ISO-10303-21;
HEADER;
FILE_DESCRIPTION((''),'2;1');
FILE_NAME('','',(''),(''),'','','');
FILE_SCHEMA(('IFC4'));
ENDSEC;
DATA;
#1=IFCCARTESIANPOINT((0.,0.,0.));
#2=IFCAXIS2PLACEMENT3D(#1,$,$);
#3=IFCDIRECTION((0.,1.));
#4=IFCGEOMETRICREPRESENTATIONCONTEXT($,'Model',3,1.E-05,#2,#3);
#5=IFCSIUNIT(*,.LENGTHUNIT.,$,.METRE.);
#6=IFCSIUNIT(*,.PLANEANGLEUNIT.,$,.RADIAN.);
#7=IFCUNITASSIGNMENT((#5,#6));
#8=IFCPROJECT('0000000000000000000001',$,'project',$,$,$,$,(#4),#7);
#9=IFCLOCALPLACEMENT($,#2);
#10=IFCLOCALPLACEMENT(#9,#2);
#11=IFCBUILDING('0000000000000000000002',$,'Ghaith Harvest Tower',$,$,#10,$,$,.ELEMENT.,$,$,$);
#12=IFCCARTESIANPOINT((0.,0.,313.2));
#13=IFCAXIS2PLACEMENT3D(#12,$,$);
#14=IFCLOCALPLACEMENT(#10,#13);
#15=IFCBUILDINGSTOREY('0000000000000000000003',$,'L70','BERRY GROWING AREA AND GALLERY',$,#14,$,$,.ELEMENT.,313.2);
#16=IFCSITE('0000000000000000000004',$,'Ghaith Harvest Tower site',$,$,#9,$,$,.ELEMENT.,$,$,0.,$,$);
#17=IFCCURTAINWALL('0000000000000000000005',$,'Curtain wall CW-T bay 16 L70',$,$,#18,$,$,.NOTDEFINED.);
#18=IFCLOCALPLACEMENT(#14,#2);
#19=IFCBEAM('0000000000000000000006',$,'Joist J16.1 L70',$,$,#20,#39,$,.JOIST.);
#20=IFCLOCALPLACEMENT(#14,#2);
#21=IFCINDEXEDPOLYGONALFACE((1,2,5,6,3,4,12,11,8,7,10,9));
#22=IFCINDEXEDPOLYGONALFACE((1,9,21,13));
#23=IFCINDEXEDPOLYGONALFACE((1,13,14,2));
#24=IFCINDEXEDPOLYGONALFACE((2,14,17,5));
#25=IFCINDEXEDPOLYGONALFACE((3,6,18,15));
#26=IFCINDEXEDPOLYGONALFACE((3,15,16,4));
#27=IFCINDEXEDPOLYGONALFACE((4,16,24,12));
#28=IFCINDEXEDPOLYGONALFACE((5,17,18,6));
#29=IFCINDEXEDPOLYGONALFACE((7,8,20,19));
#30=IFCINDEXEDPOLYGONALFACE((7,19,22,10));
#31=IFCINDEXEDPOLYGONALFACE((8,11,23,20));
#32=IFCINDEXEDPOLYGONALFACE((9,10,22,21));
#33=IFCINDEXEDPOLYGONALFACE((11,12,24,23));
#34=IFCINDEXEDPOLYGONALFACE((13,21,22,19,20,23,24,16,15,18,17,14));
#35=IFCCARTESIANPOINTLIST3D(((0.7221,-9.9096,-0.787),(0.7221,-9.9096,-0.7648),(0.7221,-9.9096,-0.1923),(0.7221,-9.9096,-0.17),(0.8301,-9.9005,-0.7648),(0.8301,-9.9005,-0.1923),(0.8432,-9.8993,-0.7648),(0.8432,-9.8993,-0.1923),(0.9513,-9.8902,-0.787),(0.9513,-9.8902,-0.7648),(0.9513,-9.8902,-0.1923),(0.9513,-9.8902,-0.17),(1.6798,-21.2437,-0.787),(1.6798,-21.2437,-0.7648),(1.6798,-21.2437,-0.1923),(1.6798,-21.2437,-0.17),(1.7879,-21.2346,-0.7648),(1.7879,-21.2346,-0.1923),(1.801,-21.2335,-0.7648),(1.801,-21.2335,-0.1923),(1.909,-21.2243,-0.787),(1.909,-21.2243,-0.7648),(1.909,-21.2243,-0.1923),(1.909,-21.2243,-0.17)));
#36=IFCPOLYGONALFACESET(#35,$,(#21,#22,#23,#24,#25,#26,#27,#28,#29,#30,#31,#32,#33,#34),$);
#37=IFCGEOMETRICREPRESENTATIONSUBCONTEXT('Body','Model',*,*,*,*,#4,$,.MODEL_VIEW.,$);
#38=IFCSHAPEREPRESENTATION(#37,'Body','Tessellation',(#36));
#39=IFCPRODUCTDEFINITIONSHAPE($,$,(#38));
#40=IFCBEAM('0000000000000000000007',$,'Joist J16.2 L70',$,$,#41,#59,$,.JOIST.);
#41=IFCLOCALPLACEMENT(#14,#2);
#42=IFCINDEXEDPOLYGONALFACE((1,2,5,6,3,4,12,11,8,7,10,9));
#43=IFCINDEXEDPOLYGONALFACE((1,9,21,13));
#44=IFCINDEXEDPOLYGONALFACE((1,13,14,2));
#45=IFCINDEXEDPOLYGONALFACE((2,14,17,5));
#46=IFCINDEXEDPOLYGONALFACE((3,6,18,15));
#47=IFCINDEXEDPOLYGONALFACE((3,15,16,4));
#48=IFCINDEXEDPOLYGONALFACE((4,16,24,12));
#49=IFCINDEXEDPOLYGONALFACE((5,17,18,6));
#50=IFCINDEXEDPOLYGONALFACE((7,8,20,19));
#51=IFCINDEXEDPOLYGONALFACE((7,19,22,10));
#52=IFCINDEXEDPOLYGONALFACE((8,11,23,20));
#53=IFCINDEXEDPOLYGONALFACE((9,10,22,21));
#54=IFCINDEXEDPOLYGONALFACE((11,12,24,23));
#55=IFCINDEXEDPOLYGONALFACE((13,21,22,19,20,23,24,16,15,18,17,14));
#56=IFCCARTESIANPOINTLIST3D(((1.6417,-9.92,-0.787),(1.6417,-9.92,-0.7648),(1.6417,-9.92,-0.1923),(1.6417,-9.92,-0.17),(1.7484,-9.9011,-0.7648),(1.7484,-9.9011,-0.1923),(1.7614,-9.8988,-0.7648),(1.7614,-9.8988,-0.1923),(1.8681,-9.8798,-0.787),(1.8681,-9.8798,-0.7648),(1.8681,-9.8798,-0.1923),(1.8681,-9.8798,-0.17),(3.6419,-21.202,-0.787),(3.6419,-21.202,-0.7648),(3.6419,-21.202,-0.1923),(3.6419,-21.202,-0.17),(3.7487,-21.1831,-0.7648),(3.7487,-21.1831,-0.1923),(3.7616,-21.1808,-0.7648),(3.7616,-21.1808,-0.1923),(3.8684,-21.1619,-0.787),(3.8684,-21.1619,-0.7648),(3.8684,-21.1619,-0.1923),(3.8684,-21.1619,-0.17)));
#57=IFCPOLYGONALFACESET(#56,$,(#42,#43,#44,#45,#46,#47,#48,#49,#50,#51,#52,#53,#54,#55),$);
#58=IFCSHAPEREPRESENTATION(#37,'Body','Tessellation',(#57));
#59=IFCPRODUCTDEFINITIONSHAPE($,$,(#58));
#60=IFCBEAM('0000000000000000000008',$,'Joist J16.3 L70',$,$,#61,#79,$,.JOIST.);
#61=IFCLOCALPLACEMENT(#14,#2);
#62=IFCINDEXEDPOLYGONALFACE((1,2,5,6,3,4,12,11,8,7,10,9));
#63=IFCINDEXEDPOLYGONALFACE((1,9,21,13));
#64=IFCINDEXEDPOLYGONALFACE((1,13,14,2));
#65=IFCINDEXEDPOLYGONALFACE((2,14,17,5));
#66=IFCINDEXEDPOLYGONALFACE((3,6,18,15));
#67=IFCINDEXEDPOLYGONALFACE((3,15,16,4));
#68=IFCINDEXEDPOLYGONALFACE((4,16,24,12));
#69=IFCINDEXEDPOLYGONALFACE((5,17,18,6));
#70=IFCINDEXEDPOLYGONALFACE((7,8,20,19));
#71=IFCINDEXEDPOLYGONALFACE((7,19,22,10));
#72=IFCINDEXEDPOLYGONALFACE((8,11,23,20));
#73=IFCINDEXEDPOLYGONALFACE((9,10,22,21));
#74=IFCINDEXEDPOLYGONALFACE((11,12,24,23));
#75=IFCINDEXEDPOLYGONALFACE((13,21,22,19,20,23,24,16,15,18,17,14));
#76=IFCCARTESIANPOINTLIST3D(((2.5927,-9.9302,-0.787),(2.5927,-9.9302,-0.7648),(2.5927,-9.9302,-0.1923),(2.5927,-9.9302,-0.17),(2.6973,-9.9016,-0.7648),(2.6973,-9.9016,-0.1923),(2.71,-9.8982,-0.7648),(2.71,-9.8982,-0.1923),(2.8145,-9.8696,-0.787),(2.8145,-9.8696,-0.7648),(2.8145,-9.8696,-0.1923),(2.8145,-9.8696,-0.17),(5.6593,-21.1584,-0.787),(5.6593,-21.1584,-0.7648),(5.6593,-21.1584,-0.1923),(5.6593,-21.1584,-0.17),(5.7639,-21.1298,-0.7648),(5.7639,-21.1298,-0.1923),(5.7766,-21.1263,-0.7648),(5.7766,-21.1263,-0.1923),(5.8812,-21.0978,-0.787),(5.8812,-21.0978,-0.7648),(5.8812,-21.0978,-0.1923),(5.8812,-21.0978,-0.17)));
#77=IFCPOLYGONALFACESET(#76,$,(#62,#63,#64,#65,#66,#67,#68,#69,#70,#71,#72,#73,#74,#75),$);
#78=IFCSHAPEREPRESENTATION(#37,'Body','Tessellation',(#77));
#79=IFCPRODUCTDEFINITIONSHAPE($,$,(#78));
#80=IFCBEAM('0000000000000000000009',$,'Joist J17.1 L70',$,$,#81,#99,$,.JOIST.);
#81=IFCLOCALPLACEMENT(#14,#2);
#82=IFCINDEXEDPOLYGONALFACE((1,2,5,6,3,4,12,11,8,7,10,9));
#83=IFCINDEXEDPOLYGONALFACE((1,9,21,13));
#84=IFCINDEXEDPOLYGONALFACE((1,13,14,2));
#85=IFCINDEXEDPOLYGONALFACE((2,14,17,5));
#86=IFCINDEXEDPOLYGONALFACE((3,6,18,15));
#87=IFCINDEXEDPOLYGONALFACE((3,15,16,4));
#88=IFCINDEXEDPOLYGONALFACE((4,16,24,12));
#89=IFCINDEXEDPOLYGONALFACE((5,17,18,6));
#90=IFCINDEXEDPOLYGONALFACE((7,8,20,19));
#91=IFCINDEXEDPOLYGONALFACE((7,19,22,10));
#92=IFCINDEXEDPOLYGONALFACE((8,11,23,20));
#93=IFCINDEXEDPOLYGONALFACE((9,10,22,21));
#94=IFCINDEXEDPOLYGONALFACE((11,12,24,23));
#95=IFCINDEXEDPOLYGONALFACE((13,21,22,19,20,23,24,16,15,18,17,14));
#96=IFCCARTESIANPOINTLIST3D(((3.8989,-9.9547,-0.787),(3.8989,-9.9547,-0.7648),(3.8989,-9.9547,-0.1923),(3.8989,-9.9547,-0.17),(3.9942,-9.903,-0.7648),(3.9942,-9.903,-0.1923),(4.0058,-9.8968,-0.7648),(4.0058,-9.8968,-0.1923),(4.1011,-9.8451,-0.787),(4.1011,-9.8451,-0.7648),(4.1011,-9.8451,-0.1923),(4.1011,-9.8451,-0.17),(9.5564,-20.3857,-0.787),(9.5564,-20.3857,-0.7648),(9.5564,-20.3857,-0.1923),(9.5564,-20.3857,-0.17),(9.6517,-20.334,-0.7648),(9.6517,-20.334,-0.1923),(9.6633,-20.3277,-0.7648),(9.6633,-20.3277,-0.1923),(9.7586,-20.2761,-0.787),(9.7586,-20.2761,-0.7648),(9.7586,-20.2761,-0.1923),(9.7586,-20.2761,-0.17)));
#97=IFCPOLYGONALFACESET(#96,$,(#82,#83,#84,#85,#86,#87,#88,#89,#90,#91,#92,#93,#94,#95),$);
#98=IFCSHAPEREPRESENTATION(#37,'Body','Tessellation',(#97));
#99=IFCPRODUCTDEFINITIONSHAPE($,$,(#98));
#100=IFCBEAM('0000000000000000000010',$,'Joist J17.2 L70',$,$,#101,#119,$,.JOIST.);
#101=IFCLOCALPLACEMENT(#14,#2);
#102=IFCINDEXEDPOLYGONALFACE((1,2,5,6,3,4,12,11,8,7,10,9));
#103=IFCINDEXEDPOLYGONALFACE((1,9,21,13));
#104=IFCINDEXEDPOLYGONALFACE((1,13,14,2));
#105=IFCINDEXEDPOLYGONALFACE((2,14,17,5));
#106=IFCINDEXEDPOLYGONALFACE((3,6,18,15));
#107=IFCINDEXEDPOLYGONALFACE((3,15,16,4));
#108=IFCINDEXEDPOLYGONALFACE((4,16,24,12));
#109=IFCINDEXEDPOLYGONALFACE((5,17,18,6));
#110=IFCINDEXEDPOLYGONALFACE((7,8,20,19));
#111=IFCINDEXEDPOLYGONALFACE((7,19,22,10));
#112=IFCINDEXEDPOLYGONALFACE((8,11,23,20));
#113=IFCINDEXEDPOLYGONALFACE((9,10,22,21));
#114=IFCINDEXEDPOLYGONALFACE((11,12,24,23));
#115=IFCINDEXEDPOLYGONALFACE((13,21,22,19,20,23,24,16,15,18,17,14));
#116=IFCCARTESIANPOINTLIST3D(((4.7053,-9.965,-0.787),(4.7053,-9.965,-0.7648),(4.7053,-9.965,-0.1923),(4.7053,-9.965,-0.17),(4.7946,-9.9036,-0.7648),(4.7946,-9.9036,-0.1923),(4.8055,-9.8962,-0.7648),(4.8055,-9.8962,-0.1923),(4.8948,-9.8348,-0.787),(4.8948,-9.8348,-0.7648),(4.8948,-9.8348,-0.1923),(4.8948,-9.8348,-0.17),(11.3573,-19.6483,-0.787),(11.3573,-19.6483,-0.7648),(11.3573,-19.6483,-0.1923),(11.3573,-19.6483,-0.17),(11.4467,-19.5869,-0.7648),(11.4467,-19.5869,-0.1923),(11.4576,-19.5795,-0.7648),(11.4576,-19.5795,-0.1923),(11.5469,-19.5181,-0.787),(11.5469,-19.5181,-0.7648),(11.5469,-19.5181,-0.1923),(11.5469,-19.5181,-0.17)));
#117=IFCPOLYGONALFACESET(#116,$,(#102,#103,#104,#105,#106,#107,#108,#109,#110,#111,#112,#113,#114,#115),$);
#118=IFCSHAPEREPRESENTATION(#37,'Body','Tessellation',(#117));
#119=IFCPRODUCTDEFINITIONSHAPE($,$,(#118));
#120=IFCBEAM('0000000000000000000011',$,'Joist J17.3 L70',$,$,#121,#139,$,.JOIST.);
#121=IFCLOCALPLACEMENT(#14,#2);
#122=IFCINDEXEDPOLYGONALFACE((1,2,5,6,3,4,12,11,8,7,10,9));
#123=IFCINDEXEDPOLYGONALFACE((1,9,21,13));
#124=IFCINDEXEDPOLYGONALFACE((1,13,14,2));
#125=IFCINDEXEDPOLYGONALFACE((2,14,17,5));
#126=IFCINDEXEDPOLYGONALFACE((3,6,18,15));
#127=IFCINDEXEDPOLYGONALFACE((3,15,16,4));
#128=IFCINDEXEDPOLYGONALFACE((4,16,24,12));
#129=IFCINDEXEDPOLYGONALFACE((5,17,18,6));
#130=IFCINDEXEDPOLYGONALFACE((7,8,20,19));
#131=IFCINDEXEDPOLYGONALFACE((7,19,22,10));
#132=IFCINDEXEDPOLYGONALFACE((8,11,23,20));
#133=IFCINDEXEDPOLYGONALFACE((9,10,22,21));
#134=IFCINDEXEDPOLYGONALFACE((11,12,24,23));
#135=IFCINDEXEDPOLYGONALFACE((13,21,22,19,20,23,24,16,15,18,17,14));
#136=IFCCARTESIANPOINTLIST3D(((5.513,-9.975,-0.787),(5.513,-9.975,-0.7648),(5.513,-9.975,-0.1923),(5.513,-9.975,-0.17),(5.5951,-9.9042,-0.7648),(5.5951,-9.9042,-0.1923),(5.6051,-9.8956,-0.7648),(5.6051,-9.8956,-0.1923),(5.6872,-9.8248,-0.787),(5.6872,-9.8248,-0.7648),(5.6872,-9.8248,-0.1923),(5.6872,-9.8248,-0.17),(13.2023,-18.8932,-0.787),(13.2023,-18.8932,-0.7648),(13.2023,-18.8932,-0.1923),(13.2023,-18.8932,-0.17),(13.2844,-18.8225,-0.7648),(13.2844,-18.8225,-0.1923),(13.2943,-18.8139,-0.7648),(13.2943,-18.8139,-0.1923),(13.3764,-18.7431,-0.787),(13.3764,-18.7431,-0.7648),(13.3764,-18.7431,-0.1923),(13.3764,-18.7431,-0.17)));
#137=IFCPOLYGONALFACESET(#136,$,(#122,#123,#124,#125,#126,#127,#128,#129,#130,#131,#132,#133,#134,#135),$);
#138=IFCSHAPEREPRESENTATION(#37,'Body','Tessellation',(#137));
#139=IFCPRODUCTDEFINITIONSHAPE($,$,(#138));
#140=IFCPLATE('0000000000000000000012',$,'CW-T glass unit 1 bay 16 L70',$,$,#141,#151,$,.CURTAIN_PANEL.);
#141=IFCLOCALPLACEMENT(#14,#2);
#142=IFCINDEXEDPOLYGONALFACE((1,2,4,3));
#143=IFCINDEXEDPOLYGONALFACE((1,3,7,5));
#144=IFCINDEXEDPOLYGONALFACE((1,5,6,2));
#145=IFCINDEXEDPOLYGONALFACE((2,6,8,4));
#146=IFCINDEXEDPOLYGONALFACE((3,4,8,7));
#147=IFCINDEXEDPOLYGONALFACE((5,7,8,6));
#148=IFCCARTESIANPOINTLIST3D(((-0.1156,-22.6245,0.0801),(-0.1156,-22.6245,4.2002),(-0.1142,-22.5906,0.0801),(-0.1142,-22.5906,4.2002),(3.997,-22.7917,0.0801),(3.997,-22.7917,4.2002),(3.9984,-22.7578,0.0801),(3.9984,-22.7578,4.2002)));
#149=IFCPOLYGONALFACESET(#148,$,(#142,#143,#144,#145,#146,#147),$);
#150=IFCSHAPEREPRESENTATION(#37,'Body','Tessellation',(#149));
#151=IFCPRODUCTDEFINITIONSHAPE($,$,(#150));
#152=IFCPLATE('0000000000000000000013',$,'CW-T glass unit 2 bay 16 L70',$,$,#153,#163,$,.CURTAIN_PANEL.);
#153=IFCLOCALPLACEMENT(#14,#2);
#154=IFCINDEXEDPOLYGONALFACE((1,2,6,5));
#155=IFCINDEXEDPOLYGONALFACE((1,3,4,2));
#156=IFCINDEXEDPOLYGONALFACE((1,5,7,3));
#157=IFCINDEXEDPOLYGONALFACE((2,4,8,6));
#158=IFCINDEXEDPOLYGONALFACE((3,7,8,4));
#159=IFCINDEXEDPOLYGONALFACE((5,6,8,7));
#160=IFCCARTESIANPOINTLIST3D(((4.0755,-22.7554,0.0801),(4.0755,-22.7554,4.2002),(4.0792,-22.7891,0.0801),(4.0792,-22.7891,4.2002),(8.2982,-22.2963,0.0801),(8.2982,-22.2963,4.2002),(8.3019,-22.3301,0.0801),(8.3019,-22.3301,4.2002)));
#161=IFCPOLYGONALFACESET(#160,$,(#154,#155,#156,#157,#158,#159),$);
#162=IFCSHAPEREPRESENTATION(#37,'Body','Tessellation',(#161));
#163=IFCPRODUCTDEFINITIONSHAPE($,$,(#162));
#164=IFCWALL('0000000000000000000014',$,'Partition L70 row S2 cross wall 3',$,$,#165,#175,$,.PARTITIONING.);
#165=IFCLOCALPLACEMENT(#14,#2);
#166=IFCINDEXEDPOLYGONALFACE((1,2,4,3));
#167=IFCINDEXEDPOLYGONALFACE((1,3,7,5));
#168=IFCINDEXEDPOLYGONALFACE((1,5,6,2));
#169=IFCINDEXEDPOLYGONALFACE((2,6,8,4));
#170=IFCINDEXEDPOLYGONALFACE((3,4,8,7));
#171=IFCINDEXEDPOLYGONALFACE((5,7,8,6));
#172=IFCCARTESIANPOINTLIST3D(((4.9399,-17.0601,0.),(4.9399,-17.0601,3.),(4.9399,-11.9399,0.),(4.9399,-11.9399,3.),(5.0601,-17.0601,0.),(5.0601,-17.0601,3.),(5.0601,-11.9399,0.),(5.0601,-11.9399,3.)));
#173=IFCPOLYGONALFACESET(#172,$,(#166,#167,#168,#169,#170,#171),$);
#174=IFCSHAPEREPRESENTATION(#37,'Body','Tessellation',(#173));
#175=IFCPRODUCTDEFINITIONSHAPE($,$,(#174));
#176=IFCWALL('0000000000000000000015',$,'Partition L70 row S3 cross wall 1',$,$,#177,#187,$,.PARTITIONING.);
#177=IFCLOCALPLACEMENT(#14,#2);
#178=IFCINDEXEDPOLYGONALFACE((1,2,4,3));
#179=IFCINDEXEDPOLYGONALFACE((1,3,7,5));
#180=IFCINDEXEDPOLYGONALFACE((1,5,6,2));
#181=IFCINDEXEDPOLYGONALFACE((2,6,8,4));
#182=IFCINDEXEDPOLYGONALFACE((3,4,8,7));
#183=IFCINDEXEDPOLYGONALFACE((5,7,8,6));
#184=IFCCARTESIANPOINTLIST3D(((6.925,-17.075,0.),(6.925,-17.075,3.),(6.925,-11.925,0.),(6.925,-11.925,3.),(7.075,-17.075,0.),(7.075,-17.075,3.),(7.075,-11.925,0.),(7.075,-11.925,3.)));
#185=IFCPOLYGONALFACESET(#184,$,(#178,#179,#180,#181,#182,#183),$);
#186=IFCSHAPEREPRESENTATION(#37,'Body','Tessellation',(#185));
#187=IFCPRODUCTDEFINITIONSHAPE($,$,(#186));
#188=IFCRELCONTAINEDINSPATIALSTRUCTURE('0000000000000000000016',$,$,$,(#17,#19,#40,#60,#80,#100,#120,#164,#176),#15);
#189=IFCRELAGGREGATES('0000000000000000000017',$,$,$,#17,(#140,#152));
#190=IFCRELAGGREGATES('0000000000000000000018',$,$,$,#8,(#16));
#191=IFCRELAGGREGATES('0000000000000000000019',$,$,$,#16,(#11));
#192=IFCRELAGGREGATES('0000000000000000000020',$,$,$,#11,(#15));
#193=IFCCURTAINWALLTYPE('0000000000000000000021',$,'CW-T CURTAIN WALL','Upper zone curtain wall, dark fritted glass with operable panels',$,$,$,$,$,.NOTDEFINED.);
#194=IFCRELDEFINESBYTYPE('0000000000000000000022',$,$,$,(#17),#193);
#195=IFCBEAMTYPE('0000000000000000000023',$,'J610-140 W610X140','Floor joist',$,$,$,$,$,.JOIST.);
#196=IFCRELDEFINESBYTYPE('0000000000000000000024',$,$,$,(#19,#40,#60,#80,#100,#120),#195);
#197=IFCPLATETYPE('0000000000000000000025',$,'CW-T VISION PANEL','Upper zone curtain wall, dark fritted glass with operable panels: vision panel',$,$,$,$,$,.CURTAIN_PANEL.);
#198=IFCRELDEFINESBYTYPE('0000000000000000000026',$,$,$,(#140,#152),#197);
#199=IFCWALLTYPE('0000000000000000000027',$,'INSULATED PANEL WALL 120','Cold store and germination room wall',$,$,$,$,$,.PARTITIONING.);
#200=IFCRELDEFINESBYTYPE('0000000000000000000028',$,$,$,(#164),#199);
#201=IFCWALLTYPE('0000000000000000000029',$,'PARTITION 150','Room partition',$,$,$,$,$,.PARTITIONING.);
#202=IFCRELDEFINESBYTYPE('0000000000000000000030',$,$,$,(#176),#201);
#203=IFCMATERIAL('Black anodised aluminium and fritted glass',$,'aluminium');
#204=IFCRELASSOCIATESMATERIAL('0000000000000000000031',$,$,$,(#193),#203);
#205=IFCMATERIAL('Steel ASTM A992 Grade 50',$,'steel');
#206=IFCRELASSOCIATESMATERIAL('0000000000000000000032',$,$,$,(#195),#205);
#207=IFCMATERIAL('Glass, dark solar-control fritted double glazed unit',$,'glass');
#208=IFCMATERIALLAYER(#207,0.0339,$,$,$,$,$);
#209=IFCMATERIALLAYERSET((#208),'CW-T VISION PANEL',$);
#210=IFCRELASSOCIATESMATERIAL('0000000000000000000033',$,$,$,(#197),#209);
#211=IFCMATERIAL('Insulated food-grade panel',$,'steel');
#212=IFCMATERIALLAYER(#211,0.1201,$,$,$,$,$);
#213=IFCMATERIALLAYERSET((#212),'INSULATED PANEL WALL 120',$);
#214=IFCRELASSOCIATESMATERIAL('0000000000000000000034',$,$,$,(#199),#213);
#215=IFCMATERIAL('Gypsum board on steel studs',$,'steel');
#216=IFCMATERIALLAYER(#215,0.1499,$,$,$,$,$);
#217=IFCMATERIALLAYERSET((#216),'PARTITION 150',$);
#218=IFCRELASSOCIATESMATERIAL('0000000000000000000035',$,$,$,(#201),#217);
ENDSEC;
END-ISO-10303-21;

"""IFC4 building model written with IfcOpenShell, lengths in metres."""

from ifc_helpers import new_model, si_unit, direction, frame, frame_2d, origin, origin_2d, place, context, subcontext, project, spatial, rectangle, i_section, extrude, material, layer, layer_set, material_profile, profile_set, type_object, element, aggregate, save


model = new_model("IFC4")

# Units and contexts
model_context = context("Model", 3, precision=1e-05, world=origin(), true_north=direction((0.0, 1.0)))
body_context = subcontext(model_context, "Body", "Model", "MODEL_VIEW")
ifc_project = project(units=[si_unit("LENGTHUNIT", "METRE"), si_unit("PLANEANGLEUNIT", "RADIAN")], contexts=[model_context])

# Site, building, storey
site_placement = place(None, origin())
site = spatial("IfcSite", under=ifc_project, at=site_placement, Name="Ghaith Harvest Tower site", CompositionType="ELEMENT", RefElevation=0.0)
building_placement = place(site_placement, origin())
building = spatial("IfcBuilding", under=site, at=building_placement, Name="Ghaith Harvest Tower", CompositionType="ELEMENT")
storey_placement = place(building_placement, frame((0.0, 0.0, 313.2)))
storey = spatial("IfcBuildingStorey", under=building, at=storey_placement, Name="L70", Description="BERRY GROWING AREA AND GALLERY", CompositionType="ELEMENT", Elevation=313.2)

# Curtain wall
ifc_material_1 = material(Name="Black anodised aluminium and fritted glass", Category="aluminium")
curtain_wall_type = type_object("IfcCurtainWallType", Name="CW-T CURTAIN WALL", Description="Upper zone curtain wall, dark fritted glass with operable panels", PredefinedType="NOTDEFINED", material=ifc_material_1)
curtain_wall_1_placement = place(storey_placement, origin())
curtain_wall_1 = element("IfcCurtainWall", 1, at=curtain_wall_1_placement, inside=storey, type_object=curtain_wall_type, Name="Curtain wall CW-T bay 16 L70", PredefinedType="NOTDEFINED")

# Beams
ifc_material_2 = material(Name="Steel ASTM A992 Grade 50", Category="steel")
ifc_material_profile_1 = material_profile(ifc_material_2, i_section(OverallWidth=0.23, OverallDepth=0.6169, WebThickness=0.0132, FlangeThickness=0.0222, at=origin_2d()), Name="W610X140")
ifc_profile_set_1 = profile_set([ifc_material_profile_1], Name="Steel ASTM A992 Grade 50")
beam_type_1 = type_object("IfcBeamType", Name="J610-140 W610X140", Description="Floor joist", PredefinedType="JOIST", material=ifc_profile_set_1)
beam_1_placement = place(storey_placement, frame((0.8367, -9.8999, -0.4785), z_axis=(0.084202, -0.996449, 0.0), x_axis=(0.996449, 0.084202, 0.0)))
element("IfcBeam", 2, at=beam_1_placement, inside=storey, type_object=beam_type_1, Name="Joist J16.1 L70", PredefinedType="JOIST", context=body_context, shape_type="SweptSolid", body=[
    extrude(i_section(OverallWidth=0.23, OverallDepth=0.6169, WebThickness=0.0132, FlangeThickness=0.0222, at=origin_2d()), origin(), (0.0, 0.0, 1.0), 11.3745),
])
beam_2_placement = place(storey_placement, frame((1.7549, -9.8999, -0.4785), z_axis=(0.174573, -0.984644, 0.0), x_axis=(0.984644, 0.174573, 0.0)))
element("IfcBeam", 3, at=beam_2_placement, inside=storey, type_object=beam_type_1, Name="Joist J16.2 L70", PredefinedType="JOIST", context=body_context, shape_type="SweptSolid", body=[
    extrude(i_section(OverallWidth=0.23, OverallDepth=0.6169, WebThickness=0.0132, FlangeThickness=0.0222, at=origin_2d()), origin(), (0.0, 0.0, 1.0), 11.458),
])
beam_3_placement = place(storey_placement, frame((2.7036, -9.8999, -0.4785), z_axis=(0.263469, -0.964668, 0.0), x_axis=(0.964668, 0.263469, 0.0)))
element("IfcBeam", 4, at=beam_3_placement, inside=storey, type_object=beam_type_1, Name="Joist J16.3 L70", PredefinedType="JOIST", context=body_context, shape_type="SweptSolid", body=[
    extrude(i_section(OverallWidth=0.23, OverallDepth=0.6169, WebThickness=0.0132, FlangeThickness=0.0222, at=origin_2d()), origin(), (0.0, 0.0, 1.0), 11.6394),
])
beam_4_placement = place(storey_placement, frame((4.0, -9.8999, -0.4785), z_axis=(0.476765, -0.879031, 0.0), x_axis=(0.879031, 0.476765, 0.0)))
element("IfcBeam", 5, at=beam_4_placement, inside=storey, type_object=beam_type_1, Name="Joist J17.1 L70", PredefinedType="JOIST", context=body_context, shape_type="SweptSolid", body=[
    extrude(i_section(OverallWidth=0.23, OverallDepth=0.6169, WebThickness=0.0132, FlangeThickness=0.0222, at=origin_2d()), origin(), (0.0, 0.0, 1.0), 11.8665),
])
beam_5_placement = place(storey_placement, frame((4.8, -9.8999, -0.4785), z_axis=(0.566228, -0.824249, 0.0), x_axis=(0.824249, 0.566228, 0.0)))
element("IfcBeam", 6, at=beam_5_placement, inside=storey, type_object=beam_type_1, Name="Joist J17.2 L70", PredefinedType="JOIST", context=body_context, shape_type="SweptSolid", body=[
    extrude(i_section(OverallWidth=0.23, OverallDepth=0.6169, WebThickness=0.0132, FlangeThickness=0.0222, at=origin_2d()), origin(), (0.0, 0.0, 1.0), 11.748),
])
beam_6_placement = place(storey_placement, frame((5.6001, -9.8999, -0.4785), z_axis=(0.652993, -0.757364, 0.0), x_axis=(0.757364, 0.652993, 0.0)))
element("IfcBeam", 7, at=beam_6_placement, inside=storey, type_object=beam_type_1, Name="Joist J17.3 L70", PredefinedType="JOIST", context=body_context, shape_type="SweptSolid", body=[
    extrude(i_section(OverallWidth=0.23, OverallDepth=0.6169, WebThickness=0.0132, FlangeThickness=0.0222, at=origin_2d()), origin(), (0.0, 0.0, 1.0), 11.7754),
])

# Plates
ifc_material_3 = material(Name="Glass, dark solar-control fritted double glazed unit", Category="glass")
ifc_layer_1 = layer(ifc_material_3, 0.0339)
ifc_layer_set_1 = layer_set([ifc_layer_1], Name="CW-T VISION PANEL")
plate_type = type_object("IfcPlateType", Name="CW-T VISION PANEL", Description="Upper zone curtain wall, dark fritted glass with operable panels: vision panel", PredefinedType="CURTAIN_PANEL", material=ifc_layer_set_1)
plate_1_placement = place(storey_placement, frame((1.9414, -22.6912, 0.0801), z_axis=(0.0, 0.0, 1.0), x_axis=(0.999174, -0.040638, 0.0)))
plate_1 = element("IfcPlate", 8, at=plate_1_placement, type_object=plate_type, Name="CW-T glass unit 1 bay 16 L70", PredefinedType="CURTAIN_PANEL", context=body_context, shape_type="SweptSolid", body=[
    extrude(rectangle(XDim=4.116, YDim=0.0339, at=origin_2d()), origin(), (0.0, 0.0, 1.0), 4.1201),
])
plate_2_placement = place(storey_placement, frame((6.1887, -22.5427, 0.0801), z_axis=(0.0, 0.0, 1.0), x_axis=(0.994143, 0.108074, 0.0)))
plate_2 = element("IfcPlate", 9, at=plate_2_placement, type_object=plate_type, Name="CW-T glass unit 2 bay 16 L70", PredefinedType="CURTAIN_PANEL", context=body_context, shape_type="SweptSolid", body=[
    extrude(rectangle(XDim=4.2476, YDim=0.0339, at=origin_2d()), origin(), (0.0, 0.0, 1.0), 4.1201),
])
aggregate(curtain_wall_1, [plate_1, plate_2])

# Walls
ifc_material_4 = material(Name="Insulated food-grade panel", Category="steel")
ifc_layer_2 = layer(ifc_material_4, 0.1201)
ifc_layer_set_2 = layer_set([ifc_layer_2], Name="INSULATED PANEL WALL 120")
wall_type_1 = type_object("IfcWallType", Name="INSULATED PANEL WALL 120", Description="Cold store and germination room wall", PredefinedType="PARTITIONING", material=ifc_layer_set_2)
wall_1_placement = place(storey_placement, frame((5.0, -11.9399, 0.0), z_axis=(0.0, 0.0, 1.0), x_axis=(0.0, -1.0, 0.0)))
element("IfcWall", 10, at=wall_1_placement, inside=storey, type_object=wall_type_1, Name="Partition L70 row S2 cross wall 3", PredefinedType="PARTITIONING", context=body_context, shape_type="SweptSolid", body=[
    extrude(rectangle(XDim=5.1201, YDim=0.1201, at=frame_2d((2.5601, 0.0))), origin(), (0.0, 0.0, 1.0), 3.0),
])
ifc_material_5 = material(Name="Gypsum board on steel studs", Category="steel")
ifc_layer_3 = layer(ifc_material_5, 0.1499)
ifc_layer_set_3 = layer_set([ifc_layer_3], Name="PARTITION 150")
wall_type_2 = type_object("IfcWallType", Name="PARTITION 150", Description="Room partition", PredefinedType="PARTITIONING", material=ifc_layer_set_3)
wall_2_placement = place(storey_placement, frame((7.0, -11.925, 0.0), z_axis=(0.0, 0.0, 1.0), x_axis=(0.0, -1.0, 0.0)))
element("IfcWall", 11, at=wall_2_placement, inside=storey, type_object=wall_type_2, Name="Partition L70 row S3 cross wall 1", PredefinedType="PARTITIONING", context=body_context, shape_type="SweptSolid", body=[
    extrude(rectangle(XDim=5.1499, YDim=0.1499, at=frame_2d((2.575, 0.0))), origin(), (0.0, 0.0, 1.0), 3.0),
])

save(model, "model.ifc")
